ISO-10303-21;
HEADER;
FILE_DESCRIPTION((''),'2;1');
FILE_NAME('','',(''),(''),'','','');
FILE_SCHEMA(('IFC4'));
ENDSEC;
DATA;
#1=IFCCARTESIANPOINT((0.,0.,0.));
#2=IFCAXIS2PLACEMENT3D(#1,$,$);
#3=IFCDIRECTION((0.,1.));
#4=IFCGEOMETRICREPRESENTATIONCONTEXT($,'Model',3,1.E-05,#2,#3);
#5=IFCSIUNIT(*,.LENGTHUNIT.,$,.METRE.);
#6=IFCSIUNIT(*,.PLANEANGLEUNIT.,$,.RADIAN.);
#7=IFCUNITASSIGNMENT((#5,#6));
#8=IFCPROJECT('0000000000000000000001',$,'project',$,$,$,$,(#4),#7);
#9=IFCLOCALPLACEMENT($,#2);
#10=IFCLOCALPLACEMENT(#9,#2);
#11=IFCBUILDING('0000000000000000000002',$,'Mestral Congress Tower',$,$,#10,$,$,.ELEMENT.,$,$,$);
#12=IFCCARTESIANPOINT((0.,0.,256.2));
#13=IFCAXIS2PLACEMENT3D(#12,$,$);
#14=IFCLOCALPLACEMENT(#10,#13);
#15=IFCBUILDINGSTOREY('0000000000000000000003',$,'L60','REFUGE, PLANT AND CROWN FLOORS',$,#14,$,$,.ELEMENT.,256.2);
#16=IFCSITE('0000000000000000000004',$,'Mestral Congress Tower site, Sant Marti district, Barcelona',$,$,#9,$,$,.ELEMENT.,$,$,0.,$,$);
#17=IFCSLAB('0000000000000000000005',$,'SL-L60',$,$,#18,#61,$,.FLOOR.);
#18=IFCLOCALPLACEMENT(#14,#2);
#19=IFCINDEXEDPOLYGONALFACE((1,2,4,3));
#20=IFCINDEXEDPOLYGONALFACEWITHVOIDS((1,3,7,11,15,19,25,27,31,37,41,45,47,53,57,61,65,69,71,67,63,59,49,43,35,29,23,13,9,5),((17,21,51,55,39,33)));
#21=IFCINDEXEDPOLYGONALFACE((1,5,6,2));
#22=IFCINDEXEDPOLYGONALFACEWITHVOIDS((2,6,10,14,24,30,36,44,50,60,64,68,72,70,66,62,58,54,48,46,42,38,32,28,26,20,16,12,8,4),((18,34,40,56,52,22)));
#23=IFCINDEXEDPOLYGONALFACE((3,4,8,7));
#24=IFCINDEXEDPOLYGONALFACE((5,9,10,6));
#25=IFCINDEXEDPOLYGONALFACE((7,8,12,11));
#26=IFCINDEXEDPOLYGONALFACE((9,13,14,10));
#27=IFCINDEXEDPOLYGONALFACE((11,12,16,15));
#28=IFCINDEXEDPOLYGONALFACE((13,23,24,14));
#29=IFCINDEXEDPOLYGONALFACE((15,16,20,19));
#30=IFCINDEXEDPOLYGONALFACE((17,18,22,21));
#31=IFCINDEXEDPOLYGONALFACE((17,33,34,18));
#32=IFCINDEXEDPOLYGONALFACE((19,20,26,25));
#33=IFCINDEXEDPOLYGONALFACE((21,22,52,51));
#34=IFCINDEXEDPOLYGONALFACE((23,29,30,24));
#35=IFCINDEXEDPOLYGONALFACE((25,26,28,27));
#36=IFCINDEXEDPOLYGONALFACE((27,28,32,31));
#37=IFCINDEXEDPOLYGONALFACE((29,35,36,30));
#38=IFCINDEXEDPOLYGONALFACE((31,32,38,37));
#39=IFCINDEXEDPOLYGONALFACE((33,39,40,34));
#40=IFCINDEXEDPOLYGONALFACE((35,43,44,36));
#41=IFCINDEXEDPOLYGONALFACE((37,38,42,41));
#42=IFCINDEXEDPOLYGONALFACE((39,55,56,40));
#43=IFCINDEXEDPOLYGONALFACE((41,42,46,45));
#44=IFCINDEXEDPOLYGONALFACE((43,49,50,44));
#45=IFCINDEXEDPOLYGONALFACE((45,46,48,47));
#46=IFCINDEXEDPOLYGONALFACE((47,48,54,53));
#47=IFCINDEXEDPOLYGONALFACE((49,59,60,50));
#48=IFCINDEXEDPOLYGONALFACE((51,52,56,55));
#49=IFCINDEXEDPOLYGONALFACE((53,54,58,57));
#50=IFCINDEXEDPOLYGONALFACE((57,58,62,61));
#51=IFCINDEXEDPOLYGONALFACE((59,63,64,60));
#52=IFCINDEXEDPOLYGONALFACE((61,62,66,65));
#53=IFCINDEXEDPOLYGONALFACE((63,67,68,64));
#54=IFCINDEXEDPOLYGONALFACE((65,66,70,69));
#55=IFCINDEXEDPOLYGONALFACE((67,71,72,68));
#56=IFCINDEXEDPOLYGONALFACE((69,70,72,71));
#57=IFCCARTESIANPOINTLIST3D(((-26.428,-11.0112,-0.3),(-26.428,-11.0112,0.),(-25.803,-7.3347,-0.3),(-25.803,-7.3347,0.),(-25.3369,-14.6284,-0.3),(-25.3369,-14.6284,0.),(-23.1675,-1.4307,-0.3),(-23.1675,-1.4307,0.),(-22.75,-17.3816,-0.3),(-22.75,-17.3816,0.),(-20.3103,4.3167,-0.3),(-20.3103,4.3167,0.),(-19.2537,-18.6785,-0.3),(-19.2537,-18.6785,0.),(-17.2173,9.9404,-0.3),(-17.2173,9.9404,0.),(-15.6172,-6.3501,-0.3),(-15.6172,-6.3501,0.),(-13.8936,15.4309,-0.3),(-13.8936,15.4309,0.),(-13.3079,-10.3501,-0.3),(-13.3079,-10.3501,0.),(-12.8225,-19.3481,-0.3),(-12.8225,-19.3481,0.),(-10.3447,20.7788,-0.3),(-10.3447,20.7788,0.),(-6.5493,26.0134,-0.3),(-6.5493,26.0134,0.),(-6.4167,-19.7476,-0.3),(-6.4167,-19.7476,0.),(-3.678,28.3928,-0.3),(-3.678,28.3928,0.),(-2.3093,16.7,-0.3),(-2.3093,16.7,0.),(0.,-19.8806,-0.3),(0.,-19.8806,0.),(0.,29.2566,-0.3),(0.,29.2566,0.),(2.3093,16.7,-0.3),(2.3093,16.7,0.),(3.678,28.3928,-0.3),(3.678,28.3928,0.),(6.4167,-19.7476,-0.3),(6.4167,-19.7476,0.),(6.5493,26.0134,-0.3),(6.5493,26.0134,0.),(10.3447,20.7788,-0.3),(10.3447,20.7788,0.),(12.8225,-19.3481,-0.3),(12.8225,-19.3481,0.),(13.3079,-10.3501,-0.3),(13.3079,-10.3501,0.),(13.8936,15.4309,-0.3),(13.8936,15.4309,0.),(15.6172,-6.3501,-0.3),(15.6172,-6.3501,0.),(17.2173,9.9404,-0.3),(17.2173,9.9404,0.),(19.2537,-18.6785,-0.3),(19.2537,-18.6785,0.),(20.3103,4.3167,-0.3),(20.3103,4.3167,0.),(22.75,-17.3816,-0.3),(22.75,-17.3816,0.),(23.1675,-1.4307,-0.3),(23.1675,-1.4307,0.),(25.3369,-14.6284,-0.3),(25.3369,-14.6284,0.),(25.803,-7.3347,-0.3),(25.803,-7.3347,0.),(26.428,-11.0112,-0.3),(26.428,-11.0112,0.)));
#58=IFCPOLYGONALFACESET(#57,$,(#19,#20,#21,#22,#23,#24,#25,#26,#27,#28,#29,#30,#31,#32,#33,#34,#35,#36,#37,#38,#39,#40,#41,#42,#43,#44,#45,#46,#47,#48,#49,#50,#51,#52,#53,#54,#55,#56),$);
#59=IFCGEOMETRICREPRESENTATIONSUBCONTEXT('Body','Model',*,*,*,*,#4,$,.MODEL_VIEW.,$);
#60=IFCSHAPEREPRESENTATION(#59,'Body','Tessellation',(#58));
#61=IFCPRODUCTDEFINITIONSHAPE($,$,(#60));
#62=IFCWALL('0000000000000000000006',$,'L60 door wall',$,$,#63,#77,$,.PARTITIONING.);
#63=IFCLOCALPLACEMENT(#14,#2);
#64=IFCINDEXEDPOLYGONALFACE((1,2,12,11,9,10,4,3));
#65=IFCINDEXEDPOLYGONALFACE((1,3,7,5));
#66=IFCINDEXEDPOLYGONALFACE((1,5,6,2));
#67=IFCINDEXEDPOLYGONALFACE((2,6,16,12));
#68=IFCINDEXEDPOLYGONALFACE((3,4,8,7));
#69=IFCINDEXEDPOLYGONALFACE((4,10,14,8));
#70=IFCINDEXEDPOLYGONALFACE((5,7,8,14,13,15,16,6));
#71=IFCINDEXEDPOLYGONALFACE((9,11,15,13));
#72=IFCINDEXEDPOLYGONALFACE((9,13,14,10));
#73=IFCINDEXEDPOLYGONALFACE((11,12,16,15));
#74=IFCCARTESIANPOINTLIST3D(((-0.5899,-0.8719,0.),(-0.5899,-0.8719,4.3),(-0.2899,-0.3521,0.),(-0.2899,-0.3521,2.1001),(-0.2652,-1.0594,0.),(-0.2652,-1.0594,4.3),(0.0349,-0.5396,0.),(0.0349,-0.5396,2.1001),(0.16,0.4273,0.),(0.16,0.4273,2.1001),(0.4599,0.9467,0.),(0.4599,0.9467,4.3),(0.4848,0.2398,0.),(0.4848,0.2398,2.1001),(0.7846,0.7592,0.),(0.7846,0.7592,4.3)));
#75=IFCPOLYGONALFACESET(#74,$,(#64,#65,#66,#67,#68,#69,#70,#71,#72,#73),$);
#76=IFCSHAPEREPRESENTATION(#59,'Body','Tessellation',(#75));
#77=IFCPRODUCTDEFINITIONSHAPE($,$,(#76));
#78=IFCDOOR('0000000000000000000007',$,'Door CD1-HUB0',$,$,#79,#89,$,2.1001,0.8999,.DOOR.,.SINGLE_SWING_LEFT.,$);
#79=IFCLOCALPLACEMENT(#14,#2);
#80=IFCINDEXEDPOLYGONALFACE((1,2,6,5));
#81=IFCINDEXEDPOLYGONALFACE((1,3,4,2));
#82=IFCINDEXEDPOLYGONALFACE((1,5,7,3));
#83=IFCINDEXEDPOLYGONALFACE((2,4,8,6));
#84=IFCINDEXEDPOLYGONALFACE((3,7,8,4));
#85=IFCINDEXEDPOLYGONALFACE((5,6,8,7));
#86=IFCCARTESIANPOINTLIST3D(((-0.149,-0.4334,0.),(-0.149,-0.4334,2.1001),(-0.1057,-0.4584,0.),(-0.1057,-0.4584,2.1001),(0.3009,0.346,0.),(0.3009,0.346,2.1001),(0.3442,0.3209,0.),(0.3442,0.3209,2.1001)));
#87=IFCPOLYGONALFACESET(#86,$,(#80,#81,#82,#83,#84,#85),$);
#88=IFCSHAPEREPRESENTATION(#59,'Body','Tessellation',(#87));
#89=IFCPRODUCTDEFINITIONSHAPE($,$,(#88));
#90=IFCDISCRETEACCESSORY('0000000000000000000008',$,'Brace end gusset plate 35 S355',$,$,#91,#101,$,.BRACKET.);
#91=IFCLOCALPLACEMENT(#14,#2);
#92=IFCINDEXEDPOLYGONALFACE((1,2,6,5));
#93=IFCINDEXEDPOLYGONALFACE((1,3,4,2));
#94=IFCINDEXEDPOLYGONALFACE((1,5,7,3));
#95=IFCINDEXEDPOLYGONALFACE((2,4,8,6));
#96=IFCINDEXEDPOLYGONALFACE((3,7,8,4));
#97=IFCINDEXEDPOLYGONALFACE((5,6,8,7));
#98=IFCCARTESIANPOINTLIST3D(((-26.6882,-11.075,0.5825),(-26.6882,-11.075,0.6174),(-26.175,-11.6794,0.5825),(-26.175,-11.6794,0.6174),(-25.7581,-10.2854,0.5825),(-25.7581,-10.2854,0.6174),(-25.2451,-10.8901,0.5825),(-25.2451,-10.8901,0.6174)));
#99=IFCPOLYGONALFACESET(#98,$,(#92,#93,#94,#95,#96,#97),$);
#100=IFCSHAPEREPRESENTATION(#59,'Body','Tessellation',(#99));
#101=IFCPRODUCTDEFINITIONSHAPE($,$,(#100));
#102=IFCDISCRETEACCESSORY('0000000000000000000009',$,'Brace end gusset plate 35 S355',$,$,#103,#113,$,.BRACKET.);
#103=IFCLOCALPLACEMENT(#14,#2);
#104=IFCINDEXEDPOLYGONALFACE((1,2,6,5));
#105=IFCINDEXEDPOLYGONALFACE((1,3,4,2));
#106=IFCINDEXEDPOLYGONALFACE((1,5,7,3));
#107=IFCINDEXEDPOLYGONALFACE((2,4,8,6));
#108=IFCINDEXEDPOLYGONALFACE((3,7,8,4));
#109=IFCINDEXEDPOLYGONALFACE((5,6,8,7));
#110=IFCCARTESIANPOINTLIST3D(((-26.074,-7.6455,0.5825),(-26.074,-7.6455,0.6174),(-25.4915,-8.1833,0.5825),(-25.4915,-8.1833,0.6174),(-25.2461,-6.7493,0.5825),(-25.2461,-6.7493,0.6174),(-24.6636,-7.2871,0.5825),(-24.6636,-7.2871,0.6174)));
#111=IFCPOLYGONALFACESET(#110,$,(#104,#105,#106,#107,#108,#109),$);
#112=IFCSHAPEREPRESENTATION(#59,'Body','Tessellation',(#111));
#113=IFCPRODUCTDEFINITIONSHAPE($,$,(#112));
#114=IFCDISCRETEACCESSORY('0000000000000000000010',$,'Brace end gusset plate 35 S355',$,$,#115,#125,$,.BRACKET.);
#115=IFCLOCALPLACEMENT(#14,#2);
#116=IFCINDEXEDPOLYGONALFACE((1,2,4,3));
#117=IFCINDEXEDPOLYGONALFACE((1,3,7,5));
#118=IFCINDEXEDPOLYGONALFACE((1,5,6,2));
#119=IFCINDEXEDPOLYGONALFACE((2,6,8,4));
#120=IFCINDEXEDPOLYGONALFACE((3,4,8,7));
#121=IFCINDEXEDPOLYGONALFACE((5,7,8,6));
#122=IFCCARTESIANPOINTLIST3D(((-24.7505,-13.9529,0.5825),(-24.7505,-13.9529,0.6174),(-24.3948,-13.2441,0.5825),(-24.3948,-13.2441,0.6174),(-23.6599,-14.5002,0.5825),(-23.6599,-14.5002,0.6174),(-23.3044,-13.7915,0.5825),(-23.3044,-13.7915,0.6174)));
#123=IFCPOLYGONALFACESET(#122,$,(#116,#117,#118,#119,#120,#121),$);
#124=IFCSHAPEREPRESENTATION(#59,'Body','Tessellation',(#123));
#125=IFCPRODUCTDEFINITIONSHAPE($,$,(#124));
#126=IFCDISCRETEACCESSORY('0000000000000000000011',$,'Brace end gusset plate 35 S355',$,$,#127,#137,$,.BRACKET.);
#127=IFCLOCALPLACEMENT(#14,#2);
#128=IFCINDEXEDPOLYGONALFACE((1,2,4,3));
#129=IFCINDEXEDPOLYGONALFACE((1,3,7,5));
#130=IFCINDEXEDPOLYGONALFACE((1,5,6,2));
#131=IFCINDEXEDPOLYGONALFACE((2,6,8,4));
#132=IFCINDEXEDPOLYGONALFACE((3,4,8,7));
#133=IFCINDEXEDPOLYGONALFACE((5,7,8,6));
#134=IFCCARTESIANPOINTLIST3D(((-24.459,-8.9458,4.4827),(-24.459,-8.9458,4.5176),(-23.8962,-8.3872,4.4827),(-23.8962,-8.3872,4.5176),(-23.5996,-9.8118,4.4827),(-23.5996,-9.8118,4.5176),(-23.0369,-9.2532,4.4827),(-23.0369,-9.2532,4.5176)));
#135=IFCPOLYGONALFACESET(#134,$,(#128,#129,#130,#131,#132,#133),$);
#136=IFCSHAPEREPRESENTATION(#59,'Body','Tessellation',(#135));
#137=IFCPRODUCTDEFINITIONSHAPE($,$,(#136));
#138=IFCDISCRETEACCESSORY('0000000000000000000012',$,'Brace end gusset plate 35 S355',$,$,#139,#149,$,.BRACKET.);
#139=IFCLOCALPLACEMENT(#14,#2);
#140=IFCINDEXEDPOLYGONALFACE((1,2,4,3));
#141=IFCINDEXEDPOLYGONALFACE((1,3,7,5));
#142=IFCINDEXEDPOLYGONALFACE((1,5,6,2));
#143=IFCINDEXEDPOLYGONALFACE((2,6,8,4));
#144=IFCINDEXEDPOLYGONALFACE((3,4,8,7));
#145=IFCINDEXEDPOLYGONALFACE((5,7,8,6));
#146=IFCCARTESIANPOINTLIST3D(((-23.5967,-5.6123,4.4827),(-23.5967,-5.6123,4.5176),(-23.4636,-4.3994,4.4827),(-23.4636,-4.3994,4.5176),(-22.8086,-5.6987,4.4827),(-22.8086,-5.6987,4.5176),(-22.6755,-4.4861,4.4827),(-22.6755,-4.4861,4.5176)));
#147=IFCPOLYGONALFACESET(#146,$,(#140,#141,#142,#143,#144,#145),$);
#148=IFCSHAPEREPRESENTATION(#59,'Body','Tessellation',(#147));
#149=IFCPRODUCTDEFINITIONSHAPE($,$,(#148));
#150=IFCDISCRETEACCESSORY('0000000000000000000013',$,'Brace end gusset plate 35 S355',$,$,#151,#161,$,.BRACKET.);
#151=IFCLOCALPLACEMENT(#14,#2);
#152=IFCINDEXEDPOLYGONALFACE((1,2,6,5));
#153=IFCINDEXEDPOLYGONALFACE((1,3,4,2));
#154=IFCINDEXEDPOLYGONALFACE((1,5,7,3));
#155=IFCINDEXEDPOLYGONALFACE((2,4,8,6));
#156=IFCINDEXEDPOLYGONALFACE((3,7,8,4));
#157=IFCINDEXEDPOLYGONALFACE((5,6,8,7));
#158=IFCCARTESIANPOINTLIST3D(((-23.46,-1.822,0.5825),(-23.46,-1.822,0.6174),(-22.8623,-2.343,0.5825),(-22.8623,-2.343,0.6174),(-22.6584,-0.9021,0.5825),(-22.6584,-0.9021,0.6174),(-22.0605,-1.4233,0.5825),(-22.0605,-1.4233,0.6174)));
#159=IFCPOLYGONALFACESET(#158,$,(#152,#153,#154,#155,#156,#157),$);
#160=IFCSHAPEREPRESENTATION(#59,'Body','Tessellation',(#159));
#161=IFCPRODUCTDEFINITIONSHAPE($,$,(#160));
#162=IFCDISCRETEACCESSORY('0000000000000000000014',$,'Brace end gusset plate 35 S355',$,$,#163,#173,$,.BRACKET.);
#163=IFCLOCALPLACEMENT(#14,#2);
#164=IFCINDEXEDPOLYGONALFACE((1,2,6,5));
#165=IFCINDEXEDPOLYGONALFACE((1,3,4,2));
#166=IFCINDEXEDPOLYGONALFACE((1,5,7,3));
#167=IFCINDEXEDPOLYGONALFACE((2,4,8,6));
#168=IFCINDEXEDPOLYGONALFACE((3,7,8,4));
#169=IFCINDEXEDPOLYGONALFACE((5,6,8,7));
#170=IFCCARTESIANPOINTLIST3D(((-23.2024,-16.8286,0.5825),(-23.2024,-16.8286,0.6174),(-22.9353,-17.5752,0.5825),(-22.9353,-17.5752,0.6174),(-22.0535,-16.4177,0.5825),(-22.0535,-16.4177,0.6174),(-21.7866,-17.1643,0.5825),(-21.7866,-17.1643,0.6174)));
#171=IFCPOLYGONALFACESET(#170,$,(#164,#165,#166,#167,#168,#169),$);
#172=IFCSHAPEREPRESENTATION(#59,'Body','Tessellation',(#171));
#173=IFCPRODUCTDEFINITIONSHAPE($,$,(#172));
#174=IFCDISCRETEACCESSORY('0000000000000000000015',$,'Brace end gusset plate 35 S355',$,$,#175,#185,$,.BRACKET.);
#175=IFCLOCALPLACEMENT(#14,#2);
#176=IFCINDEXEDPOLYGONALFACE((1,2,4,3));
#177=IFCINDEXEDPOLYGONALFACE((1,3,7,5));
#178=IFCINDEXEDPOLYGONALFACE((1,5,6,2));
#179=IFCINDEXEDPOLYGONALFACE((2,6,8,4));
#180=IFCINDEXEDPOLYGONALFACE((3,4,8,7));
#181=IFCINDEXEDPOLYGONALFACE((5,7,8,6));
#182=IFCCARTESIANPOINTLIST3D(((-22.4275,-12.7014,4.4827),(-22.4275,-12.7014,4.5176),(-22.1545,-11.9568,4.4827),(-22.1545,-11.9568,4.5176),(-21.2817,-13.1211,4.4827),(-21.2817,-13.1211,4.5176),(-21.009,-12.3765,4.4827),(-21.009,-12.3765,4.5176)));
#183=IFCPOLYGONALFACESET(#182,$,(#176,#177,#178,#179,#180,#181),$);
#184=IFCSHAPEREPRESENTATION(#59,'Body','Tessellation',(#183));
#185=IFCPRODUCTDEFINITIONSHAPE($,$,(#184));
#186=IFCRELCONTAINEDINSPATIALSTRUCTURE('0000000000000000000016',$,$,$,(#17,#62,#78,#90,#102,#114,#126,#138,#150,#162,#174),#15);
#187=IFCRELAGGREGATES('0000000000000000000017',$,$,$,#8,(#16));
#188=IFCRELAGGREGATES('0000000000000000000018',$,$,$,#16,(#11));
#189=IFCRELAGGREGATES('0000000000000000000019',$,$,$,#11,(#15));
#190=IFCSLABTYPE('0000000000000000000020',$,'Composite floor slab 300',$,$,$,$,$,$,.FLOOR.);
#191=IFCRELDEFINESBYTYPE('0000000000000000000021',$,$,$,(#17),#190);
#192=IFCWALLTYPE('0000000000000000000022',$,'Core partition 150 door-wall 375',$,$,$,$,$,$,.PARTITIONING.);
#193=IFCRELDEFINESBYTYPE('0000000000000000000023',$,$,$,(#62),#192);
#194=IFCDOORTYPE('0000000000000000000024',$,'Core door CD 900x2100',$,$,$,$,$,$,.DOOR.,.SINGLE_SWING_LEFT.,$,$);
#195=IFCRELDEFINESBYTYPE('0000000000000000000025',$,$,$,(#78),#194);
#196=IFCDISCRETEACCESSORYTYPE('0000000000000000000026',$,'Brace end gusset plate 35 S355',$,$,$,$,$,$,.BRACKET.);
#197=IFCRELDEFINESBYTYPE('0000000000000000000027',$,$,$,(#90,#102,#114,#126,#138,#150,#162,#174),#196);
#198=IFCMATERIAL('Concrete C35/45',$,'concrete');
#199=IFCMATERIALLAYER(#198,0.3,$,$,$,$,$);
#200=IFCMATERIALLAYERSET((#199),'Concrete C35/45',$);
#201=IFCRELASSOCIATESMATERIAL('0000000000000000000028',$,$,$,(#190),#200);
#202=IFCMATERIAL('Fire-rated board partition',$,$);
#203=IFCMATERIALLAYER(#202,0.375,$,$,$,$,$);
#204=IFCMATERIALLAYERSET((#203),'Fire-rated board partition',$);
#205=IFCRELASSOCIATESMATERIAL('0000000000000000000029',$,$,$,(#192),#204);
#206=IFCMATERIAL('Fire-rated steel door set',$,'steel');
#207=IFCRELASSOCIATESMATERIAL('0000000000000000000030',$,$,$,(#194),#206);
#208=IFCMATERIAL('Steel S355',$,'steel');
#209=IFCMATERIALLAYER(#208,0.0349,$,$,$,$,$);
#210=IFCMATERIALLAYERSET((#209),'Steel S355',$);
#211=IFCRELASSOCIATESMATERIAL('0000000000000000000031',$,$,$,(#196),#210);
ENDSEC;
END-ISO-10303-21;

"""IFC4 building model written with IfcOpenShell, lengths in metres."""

from ifc_helpers import new_model, si_unit, direction, frame, frame_2d, origin, place, context, subcontext, project, spatial, polyline, rectangle, outline, extrude, material, layer, layer_set, type_object, element, fill, save


model = new_model("IFC4")

# Units and contexts
model_context = context("Model", 3, precision=1e-05, world=origin(), true_north=direction((0.0, 1.0)))
body_context = subcontext(model_context, "Body", "Model", "MODEL_VIEW")
ifc_project = project(units=[si_unit("LENGTHUNIT", "METRE"), si_unit("PLANEANGLEUNIT", "RADIAN")], contexts=[model_context])

# Site, building, storey
site_placement = place(None, origin())
site = spatial("IfcSite", under=ifc_project, at=site_placement, Name="Mestral Congress Tower site, Sant Marti district, Barcelona", CompositionType="ELEMENT", RefElevation=0.0)
building_placement = place(site_placement, origin())
building = spatial("IfcBuilding", under=site, at=building_placement, Name="Mestral Congress Tower", CompositionType="ELEMENT")
storey_placement = place(building_placement, frame((0.0, 0.0, 256.2)))
storey = spatial("IfcBuildingStorey", under=building, at=storey_placement, Name="L60", Description="REFUGE, PLANT AND CROWN FLOORS", CompositionType="ELEMENT", Elevation=256.2)

# Slab
ifc_material_1 = material(Name="Concrete C35/45", Category="concrete")
ifc_layer_1 = layer(ifc_material_1, 0.3)
ifc_layer_set_1 = layer_set([ifc_layer_1], Name="Concrete C35/45")
slab_type = type_object("IfcSlabType", Name="Composite floor slab 300", PredefinedType="FLOOR", material=ifc_layer_set_1)
slab_placement = place(storey_placement, frame((0.0, 0.0, -0.3)))
element("IfcSlab", 1, at=slab_placement, inside=storey, type_object=slab_type, Name="SL-L60", PredefinedType="FLOOR", context=body_context, shape_type="SweptSolid", body=[
    extrude(outline(polyline([(-19.2537, -18.6785), (-22.75, -17.3816), (-25.3369, -14.6284), (-26.428, -11.0112), (-25.803, -7.3347), (-23.1675, -1.4307), (-20.3103, 4.3167), (-17.2173, 9.9404), (-13.8936, 15.4309), (-10.3447, 20.7788), (-6.5493, 26.0134), (-3.678, 28.3928), (0.0, 29.2566), (3.678, 28.3928), (6.5493, 26.0134), (10.3447, 20.7788), (13.8936, 15.4309), (17.2173, 9.9404), (20.3103, 4.3167), (23.1675, -1.4307), (25.803, -7.3347), (26.428, -11.0112), (25.3369, -14.6284), (22.75, -17.3816), (19.2537, -18.6785), (12.8225, -19.3481), (6.4167, -19.7476), (0.0, -19.8806), (-6.4167, -19.7476), (-12.8225, -19.3481), (-19.2537, -18.6785)]), holes=[polyline([(-2.3093, 16.7), (-15.6172, -6.3501), (-13.3079, -10.3501), (13.3079, -10.3501), (15.6172, -6.3501), (2.3093, 16.7), (-2.3093, 16.7)])]), origin(), (0.0, 0.0, 1.0), 0.3),
])

# Wall, opening, door
ifc_material_2 = material(Name="Fire-rated board partition")
ifc_layer_2 = layer(ifc_material_2, 0.375)
ifc_layer_set_2 = layer_set([ifc_layer_2], Name="Fire-rated board partition")
wall_type = type_object("IfcWallType", Name="Core partition 150 door-wall 375", PredefinedType="PARTITIONING", material=ifc_layer_set_2)
wall_placement = place(storey_placement, frame((-0.4275, -0.9656, 0.0), z_axis=(0.0, 0.0, 1.0), x_axis=(0.499941, 0.86606, 0.0)))
wall = element("IfcWall", 2, at=wall_placement, inside=storey, type_object=wall_type, Name="L60 door wall", PredefinedType="PARTITIONING", context=body_context, shape_type="SweptSolid", body=[
    extrude(rectangle(XDim=2.0999, YDim=0.375, at=frame_2d((1.0498, 0.0))), origin(), (0.0, 0.0, 1.0), 4.3),
])
opening_placement = place(wall_placement, frame((0.6001, 0.0, 0.0)))
opening = element("IfcOpeningElement", 3, at=opening_placement, cuts=wall, PredefinedType="OPENING", context=body_context, shape_type="SweptSolid", body=[
    extrude(rectangle(XDim=0.8999, YDim=2.1001, at=frame_2d((0.45, 1.05))), frame((0.0, 0.1975, 0.0), z_axis=(0.0, -1.0, 0.0), x_axis=(1.0, 0.0, 0.0)), (0.0, 0.0, 1.0), 0.395),
])
ifc_material_3 = material(Name="Fire-rated steel door set", Category="steel")
door_type = type_object("IfcDoorType", Name="Core door CD 900x2100", OperationType="SINGLE_SWING_LEFT", PredefinedType="DOOR", material=ifc_material_3)
door_placement = place(opening_placement, origin())
door = element("IfcDoor", 4, at=door_placement, inside=storey, type_object=door_type, Name="Door CD1-HUB0", OperationType="SINGLE_SWING_LEFT", OverallHeight=2.1001, OverallWidth=0.8999, PredefinedType="DOOR", context=body_context, shape_type="SweptSolid", body=[
    extrude(rectangle(XDim=0.8999, YDim=2.1001, at=frame_2d((0.45, 1.05))), frame((0.0, 0.0249, 0.0), z_axis=(0.0, -1.0, 0.0), x_axis=(1.0, 0.0, 0.0)), (0.0, 0.0, 1.0), 0.05),
])
fill(opening, door)

# Discrete accessories
ifc_material_4 = material(Name="Steel S355", Category="steel")
ifc_layer_3 = layer(ifc_material_4, 0.0349)
ifc_layer_set_3 = layer_set([ifc_layer_3], Name="Steel S355")
discrete_accessory_type = type_object("IfcDiscreteAccessoryType", Name="Brace end gusset plate 35 S355", PredefinedType="BRACKET", material=ifc_layer_set_3)
placement_1 = place(storey_placement, frame((0.0, 0.0, 0.5825)))
element("IfcDiscreteAccessory", 5, at=placement_1, inside=storey, type_object=discrete_accessory_type, Name="Brace end gusset plate 35 S355", PredefinedType="BRACKET", context=body_context, shape_type="SweptSolid", body=[
    extrude(outline(polyline([(-26.175, -11.6794), (-25.2451, -10.8901), (-25.7581, -10.2854), (-26.6882, -11.075), (-26.175, -11.6794)])), origin(), (0.0, 0.0, 1.0), 0.0349),
])
element("IfcDiscreteAccessory", 6, at=placement_1, inside=storey, type_object=discrete_accessory_type, Name="Brace end gusset plate 35 S355", PredefinedType="BRACKET", context=body_context, shape_type="SweptSolid", body=[
    extrude(outline(polyline([(-25.4915, -8.1833), (-24.6636, -7.2871), (-25.2461, -6.7493), (-26.074, -7.6455), (-25.4915, -8.1833)])), origin(), (0.0, 0.0, 1.0), 0.0349),
])
element("IfcDiscreteAccessory", 7, at=placement_1, inside=storey, type_object=discrete_accessory_type, Name="Brace end gusset plate 35 S355", PredefinedType="BRACKET", context=body_context, shape_type="SweptSolid", body=[
    extrude(outline(polyline([(-24.7505, -13.9529), (-23.6599, -14.5002), (-23.3044, -13.7915), (-24.3948, -13.2441), (-24.7505, -13.9529)])), origin(), (0.0, 0.0, 1.0), 0.0349),
])
placement_2 = place(storey_placement, frame((0.0, 0.0, 4.4827)))
element("IfcDiscreteAccessory", 8, at=placement_2, inside=storey, type_object=discrete_accessory_type, Name="Brace end gusset plate 35 S355", PredefinedType="BRACKET", context=body_context, shape_type="SweptSolid", body=[
    extrude(outline(polyline([(-23.0369, -9.2532), (-23.8962, -8.3872), (-24.459, -8.9458), (-23.5996, -9.8118), (-23.0369, -9.2532)])), origin(), (0.0, 0.0, 1.0), 0.0349),
])
element("IfcDiscreteAccessory", 9, at=placement_2, inside=storey, type_object=discrete_accessory_type, Name="Brace end gusset plate 35 S355", PredefinedType="BRACKET", context=body_context, shape_type="SweptSolid", body=[
    extrude(outline(polyline([(-22.8086, -5.6987), (-22.6755, -4.4861), (-23.4636, -4.3994), (-23.5967, -5.6123), (-22.8086, -5.6987)])), origin(), (0.0, 0.0, 1.0), 0.0349),
])
element("IfcDiscreteAccessory", 10, at=placement_1, inside=storey, type_object=discrete_accessory_type, Name="Brace end gusset plate 35 S355", PredefinedType="BRACKET", context=body_context, shape_type="SweptSolid", body=[
    extrude(outline(polyline([(-22.8623, -2.343), (-22.0605, -1.4233), (-22.6584, -0.9021), (-23.46, -1.822), (-22.8623, -2.343)])), origin(), (0.0, 0.0, 1.0), 0.0349),
])
element("IfcDiscreteAccessory", 11, at=placement_1, inside=storey, type_object=discrete_accessory_type, Name="Brace end gusset plate 35 S355", PredefinedType="BRACKET", context=body_context, shape_type="SweptSolid", body=[
    extrude(outline(polyline([(-22.9353, -17.5752), (-21.7866, -17.1643), (-22.0535, -16.4177), (-23.2024, -16.8286), (-22.9353, -17.5752)])), origin(), (0.0, 0.0, 1.0), 0.0349),
])
element("IfcDiscreteAccessory", 12, at=placement_2, inside=storey, type_object=discrete_accessory_type, Name="Brace end gusset plate 35 S355", PredefinedType="BRACKET", context=body_context, shape_type="SweptSolid", body=[
    extrude(outline(polyline([(-21.009, -12.3765), (-22.1545, -11.9568), (-22.4275, -12.7014), (-21.2817, -13.1211), (-21.009, -12.3765)])), origin(), (0.0, 0.0, 1.0), 0.0349),
])

save(model, "model.ifc")
